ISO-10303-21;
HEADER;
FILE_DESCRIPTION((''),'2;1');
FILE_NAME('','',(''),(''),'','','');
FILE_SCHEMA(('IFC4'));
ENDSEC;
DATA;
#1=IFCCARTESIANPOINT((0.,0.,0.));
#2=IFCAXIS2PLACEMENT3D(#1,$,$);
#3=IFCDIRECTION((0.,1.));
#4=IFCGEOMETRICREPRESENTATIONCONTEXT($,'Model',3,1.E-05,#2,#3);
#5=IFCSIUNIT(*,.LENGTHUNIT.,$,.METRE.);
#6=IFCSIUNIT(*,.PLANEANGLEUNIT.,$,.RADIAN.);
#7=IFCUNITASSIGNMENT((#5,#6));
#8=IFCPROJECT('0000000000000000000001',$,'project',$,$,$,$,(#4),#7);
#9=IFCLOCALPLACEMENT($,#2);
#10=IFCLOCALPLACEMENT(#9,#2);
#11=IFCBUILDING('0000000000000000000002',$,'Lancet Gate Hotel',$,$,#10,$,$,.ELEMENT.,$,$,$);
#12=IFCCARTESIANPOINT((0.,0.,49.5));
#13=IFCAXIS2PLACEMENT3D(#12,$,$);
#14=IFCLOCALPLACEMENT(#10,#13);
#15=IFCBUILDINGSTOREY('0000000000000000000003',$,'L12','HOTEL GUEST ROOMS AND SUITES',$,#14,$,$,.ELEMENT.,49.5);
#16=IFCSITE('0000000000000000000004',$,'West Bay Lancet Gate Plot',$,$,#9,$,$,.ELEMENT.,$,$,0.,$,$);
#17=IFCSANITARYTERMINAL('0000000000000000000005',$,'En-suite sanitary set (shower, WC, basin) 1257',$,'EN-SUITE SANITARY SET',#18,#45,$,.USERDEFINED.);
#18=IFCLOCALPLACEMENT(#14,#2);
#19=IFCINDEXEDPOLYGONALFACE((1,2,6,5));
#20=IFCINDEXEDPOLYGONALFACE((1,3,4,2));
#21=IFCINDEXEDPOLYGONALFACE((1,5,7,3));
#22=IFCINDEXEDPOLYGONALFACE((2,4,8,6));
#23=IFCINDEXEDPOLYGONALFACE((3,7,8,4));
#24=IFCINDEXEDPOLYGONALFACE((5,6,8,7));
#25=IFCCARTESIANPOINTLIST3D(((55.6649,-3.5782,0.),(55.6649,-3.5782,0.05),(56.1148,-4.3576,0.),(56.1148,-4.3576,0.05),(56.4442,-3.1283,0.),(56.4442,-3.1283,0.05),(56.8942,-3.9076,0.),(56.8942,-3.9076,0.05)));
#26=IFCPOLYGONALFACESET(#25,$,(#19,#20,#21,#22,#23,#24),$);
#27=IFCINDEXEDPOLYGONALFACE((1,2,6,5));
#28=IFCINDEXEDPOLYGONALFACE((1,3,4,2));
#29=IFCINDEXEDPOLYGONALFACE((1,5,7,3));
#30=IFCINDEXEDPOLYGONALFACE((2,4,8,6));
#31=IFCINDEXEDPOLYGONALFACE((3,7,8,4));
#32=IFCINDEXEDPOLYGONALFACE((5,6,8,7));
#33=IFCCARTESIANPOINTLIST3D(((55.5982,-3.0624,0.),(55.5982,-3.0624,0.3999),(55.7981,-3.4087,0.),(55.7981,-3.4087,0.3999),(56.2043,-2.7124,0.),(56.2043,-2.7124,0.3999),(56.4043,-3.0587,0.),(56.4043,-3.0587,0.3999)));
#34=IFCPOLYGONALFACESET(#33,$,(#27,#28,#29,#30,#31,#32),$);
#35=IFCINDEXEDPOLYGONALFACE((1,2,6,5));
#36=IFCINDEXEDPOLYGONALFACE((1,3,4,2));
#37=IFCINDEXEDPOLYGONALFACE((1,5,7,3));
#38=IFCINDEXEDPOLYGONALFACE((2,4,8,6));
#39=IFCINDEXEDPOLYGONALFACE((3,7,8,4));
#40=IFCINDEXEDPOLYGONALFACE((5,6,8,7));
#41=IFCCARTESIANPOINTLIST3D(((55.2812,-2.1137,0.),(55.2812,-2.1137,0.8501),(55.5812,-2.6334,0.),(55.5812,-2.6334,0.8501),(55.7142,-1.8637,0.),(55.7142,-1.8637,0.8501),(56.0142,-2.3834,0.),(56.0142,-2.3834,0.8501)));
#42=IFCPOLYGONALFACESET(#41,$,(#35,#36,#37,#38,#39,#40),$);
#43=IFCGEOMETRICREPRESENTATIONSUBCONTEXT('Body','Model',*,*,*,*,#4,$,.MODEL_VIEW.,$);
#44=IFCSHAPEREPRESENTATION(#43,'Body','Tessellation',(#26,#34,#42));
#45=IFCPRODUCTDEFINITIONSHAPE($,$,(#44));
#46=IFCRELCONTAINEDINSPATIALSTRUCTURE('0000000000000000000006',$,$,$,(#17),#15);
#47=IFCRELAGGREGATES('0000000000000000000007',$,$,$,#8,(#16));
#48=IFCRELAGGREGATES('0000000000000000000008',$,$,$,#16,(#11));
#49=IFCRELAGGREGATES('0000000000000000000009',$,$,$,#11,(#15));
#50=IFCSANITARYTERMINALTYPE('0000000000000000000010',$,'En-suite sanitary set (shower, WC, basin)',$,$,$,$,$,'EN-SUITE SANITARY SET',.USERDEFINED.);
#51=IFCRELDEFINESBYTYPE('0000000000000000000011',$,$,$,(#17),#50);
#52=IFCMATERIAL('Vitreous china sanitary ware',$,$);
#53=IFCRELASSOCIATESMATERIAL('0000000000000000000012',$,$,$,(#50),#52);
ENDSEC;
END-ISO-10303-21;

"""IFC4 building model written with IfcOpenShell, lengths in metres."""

from ifc_helpers import new_model, si_unit, direction, frame, origin, origin_2d, place, context, subcontext, project, spatial, rectangle, extrude, material, type_object, element, save


model = new_model("IFC4")

# Units and contexts
model_context = context("Model", 3, precision=1e-05, world=origin(), true_north=direction((0.0, 1.0)))
body_context = subcontext(model_context, "Body", "Model", "MODEL_VIEW")
ifc_project = project(units=[si_unit("LENGTHUNIT", "METRE"), si_unit("PLANEANGLEUNIT", "RADIAN")], contexts=[model_context])

# Site, building, storey
site_placement = place(None, origin())
site = spatial("IfcSite", under=ifc_project, at=site_placement, Name="West Bay Lancet Gate Plot", CompositionType="ELEMENT", RefElevation=0.0)
building_placement = place(site_placement, origin())
building = spatial("IfcBuilding", under=site, at=building_placement, Name="Lancet Gate Hotel", CompositionType="ELEMENT")
storey_placement = place(building_placement, frame((0.0, 0.0, 49.5)))
storey = spatial("IfcBuildingStorey", under=building, at=storey_placement, Name="L12", Description="HOTEL GUEST ROOMS AND SUITES", CompositionType="ELEMENT", Elevation=49.5)

# Sanitary terminal
ifc_material_1 = material(Name="Vitreous china sanitary ware")
sanitary_terminal_type = type_object("IfcSanitaryTerminalType", Name="En-suite sanitary set (shower, WC, basin)", ElementType="EN-SUITE SANITARY SET", PredefinedType="USERDEFINED", material=ifc_material_1)
sanitary_terminal_placement = place(storey_placement, frame((56.2795, -3.7429, 0.0), z_axis=(0.0, 0.0, 1.0), x_axis=(1.0, 0.0, 0.0)))
element("IfcSanitaryTerminal", 1, at=sanitary_terminal_placement, inside=storey, type_object=sanitary_terminal_type, Name="En-suite sanitary set (shower, WC, basin) 1257", ObjectType="EN-SUITE SANITARY SET", PredefinedType="USERDEFINED", context=body_context, shape_type="SweptSolid", body=[
    extrude(rectangle(XDim=0.8999, YDim=0.8999, at=origin_2d()), frame((0.0, 0.0, 0.0), z_axis=(0.0, 0.0, 1.0), x_axis=(0.5, -0.866025, 0.0)), (0.0, 0.0, 1.0), 0.05),
    extrude(rectangle(XDim=0.3999, YDim=0.7, at=origin_2d()), frame((-0.2783, 0.6824, 0.0), z_axis=(0.0, 0.0, 1.0), x_axis=(0.5, -0.866025, 0.0)), (0.0, 0.0, 1.0), 0.3999),
    extrude(rectangle(XDim=0.6001, YDim=0.5, at=origin_2d()), frame((-0.6318, 1.4944, 0.0), z_axis=(0.0, 0.0, 1.0), x_axis=(0.5, -0.866025, 0.0)), (0.0, 0.0, 1.0), 0.8501),
])

save(model, "model.ifc")
